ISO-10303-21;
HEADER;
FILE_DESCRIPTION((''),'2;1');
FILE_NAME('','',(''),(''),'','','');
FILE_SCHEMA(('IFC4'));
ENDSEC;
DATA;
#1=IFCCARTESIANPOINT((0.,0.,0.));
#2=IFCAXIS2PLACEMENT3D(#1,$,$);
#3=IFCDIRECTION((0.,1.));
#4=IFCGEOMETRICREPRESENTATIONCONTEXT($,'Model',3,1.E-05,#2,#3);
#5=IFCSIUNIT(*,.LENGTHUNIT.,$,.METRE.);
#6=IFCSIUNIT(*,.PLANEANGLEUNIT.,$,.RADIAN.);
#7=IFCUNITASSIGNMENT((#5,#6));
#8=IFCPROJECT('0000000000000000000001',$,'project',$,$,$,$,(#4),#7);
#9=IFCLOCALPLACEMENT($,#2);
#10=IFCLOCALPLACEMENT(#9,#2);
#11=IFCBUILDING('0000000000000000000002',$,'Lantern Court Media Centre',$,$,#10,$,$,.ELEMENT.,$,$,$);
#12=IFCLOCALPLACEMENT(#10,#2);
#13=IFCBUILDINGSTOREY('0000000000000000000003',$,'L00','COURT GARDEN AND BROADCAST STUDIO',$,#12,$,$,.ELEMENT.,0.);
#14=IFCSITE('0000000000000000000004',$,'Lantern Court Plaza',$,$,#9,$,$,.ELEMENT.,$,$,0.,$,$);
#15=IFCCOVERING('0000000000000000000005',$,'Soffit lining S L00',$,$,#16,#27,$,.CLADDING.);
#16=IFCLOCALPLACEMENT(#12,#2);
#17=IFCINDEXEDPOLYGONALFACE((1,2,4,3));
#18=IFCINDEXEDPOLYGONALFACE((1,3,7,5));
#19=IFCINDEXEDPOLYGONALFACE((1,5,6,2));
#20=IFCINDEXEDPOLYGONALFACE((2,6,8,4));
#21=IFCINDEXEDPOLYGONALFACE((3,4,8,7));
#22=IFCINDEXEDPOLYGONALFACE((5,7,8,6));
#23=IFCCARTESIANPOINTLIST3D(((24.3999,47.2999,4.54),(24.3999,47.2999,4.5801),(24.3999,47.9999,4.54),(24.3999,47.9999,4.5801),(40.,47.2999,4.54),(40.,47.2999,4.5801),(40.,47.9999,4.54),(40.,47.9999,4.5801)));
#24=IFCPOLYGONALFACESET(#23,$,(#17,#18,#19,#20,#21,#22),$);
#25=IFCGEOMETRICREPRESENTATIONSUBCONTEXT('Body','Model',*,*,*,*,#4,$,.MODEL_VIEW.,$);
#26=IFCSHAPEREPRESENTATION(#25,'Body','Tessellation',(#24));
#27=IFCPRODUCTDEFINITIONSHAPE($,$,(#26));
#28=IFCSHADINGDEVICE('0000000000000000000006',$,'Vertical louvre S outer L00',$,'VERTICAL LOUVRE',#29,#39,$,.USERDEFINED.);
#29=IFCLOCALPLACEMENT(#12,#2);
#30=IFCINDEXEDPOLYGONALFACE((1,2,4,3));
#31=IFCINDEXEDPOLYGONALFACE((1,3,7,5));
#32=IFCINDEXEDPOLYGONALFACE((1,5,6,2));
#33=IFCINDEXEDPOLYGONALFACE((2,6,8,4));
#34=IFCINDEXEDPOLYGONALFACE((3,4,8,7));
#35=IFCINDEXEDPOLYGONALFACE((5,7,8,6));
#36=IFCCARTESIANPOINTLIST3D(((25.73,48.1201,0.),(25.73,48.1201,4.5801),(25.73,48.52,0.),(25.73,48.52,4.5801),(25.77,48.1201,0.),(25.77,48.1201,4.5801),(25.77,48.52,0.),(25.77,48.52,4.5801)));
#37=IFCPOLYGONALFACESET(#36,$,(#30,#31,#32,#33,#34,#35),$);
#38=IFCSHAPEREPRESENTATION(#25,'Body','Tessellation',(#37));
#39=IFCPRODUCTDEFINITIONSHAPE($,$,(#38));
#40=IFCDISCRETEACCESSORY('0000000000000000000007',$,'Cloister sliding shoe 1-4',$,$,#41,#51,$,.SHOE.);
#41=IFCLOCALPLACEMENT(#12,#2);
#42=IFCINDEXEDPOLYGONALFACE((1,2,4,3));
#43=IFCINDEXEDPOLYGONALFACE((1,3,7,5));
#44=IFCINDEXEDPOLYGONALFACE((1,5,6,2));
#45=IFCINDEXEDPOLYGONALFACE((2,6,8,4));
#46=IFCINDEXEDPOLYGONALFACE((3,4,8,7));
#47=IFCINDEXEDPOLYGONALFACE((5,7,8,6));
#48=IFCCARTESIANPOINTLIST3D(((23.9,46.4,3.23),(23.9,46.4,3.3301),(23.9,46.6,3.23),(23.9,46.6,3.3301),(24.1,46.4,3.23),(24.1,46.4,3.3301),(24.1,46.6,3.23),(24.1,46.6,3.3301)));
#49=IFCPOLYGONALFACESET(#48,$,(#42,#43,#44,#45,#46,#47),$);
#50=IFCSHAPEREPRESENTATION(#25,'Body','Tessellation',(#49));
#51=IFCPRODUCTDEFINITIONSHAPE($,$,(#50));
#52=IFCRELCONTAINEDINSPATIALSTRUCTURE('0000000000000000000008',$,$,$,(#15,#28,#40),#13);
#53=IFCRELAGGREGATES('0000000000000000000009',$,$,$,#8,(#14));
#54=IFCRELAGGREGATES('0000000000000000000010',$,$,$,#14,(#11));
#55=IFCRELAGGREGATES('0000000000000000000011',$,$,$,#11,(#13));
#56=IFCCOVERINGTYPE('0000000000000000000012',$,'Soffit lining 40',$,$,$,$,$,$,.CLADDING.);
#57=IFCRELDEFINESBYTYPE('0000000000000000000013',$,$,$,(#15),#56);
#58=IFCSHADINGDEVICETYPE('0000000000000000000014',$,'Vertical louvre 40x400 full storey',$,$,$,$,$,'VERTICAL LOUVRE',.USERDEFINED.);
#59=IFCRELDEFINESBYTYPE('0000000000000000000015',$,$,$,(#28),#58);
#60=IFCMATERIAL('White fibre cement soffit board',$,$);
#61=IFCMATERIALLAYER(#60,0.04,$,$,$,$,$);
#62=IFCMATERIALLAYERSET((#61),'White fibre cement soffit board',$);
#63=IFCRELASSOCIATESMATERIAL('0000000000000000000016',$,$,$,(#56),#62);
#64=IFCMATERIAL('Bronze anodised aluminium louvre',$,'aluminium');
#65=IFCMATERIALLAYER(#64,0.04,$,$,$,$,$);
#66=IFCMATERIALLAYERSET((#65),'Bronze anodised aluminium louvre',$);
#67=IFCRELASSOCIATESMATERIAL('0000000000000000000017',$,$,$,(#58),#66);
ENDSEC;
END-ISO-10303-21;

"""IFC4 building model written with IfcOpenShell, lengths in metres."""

from ifc_helpers import new_model, si_unit, direction, frame, frame_2d, origin, origin_2d, place, context, subcontext, project, spatial, rectangle, extrude, material, layer, layer_set, type_object, element, save


model = new_model("IFC4")

# Units and contexts
model_context = context("Model", 3, precision=1e-05, world=origin(), true_north=direction((0.0, 1.0)))
body_context = subcontext(model_context, "Body", "Model", "MODEL_VIEW")
ifc_project = project(units=[si_unit("LENGTHUNIT", "METRE"), si_unit("PLANEANGLEUNIT", "RADIAN")], contexts=[model_context])

# Site, building, storey
site_placement = place(None, origin())
site = spatial("IfcSite", under=ifc_project, at=site_placement, Name="Lantern Court Plaza", CompositionType="ELEMENT", RefElevation=0.0)
building_placement = place(site_placement, origin())
building = spatial("IfcBuilding", under=site, at=building_placement, Name="Lantern Court Media Centre", CompositionType="ELEMENT")
storey_placement = place(building_placement, origin())
storey = spatial("IfcBuildingStorey", under=building, at=storey_placement, Name="L00", Description="COURT GARDEN AND BROADCAST STUDIO", CompositionType="ELEMENT", Elevation=0.0)

# Covering
ifc_material_1 = material(Name="White fibre cement soffit board")
ifc_layer_1 = layer(ifc_material_1, 0.04)
ifc_layer_set_1 = layer_set([ifc_layer_1], Name="White fibre cement soffit board")
covering_type_1 = type_object("IfcCoveringType", Name="Soffit lining 40", PredefinedType="CLADDING", material=ifc_layer_set_1)
covering_1_placement = place(storey_placement, frame((24.3999, 47.6499, 4.54), z_axis=(0.0, 0.0, 1.0), x_axis=(1.0, 0.0, 0.0)))
element("IfcCovering", 1, at=covering_1_placement, inside=storey, type_object=covering_type_1, Name="Soffit lining S L00", PredefinedType="CLADDING", context=body_context, shape_type="SweptSolid", body=[
    extrude(rectangle(XDim=15.6001, YDim=0.7, at=frame_2d((7.8, 0.0))), origin(), (0.0, 0.0, 1.0), 0.04),
])

# Shading device
ifc_material_2 = material(Name="Bronze anodised aluminium louvre", Category="aluminium")
ifc_layer_2 = layer(ifc_material_2, 0.04)
ifc_layer_set_2 = layer_set([ifc_layer_2], Name="Bronze anodised aluminium louvre")
shading_device_type = type_object("IfcShadingDeviceType", Name="Vertical louvre 40x400 full storey", ElementType="VERTICAL LOUVRE", PredefinedType="USERDEFINED", material=ifc_layer_set_2)
shading_device_placement = place(storey_placement, frame((25.75, 48.3201, 0.0), z_axis=(0.0, 0.0, 1.0), x_axis=(1.0, 0.0, 0.0)))
element("IfcShadingDevice", 2, at=shading_device_placement, inside=storey, type_object=shading_device_type, Name="Vertical louvre S outer L00", ObjectType="VERTICAL LOUVRE", PredefinedType="USERDEFINED", context=body_context, shape_type="SweptSolid", body=[
    extrude(rectangle(XDim=0.04, YDim=0.3999, at=origin_2d()), origin(), (0.0, 0.0, 1.0), 4.5801),
])

# Discrete accessory
discrete_accessory_placement = place(storey_placement, frame((24.0, 46.5, 3.23), z_axis=(0.0, 0.0, 1.0), x_axis=(1.0, 0.0, 0.0)))
element("IfcDiscreteAccessory", 3, at=discrete_accessory_placement, inside=storey, Name="Cloister sliding shoe 1-4", PredefinedType="SHOE", context=body_context, shape_type="SweptSolid", body=[
    extrude(rectangle(XDim=0.2, YDim=0.2, at=origin_2d()), origin(), (0.0, 0.0, 1.0), 0.1001),
])

save(model, "model.ifc")
